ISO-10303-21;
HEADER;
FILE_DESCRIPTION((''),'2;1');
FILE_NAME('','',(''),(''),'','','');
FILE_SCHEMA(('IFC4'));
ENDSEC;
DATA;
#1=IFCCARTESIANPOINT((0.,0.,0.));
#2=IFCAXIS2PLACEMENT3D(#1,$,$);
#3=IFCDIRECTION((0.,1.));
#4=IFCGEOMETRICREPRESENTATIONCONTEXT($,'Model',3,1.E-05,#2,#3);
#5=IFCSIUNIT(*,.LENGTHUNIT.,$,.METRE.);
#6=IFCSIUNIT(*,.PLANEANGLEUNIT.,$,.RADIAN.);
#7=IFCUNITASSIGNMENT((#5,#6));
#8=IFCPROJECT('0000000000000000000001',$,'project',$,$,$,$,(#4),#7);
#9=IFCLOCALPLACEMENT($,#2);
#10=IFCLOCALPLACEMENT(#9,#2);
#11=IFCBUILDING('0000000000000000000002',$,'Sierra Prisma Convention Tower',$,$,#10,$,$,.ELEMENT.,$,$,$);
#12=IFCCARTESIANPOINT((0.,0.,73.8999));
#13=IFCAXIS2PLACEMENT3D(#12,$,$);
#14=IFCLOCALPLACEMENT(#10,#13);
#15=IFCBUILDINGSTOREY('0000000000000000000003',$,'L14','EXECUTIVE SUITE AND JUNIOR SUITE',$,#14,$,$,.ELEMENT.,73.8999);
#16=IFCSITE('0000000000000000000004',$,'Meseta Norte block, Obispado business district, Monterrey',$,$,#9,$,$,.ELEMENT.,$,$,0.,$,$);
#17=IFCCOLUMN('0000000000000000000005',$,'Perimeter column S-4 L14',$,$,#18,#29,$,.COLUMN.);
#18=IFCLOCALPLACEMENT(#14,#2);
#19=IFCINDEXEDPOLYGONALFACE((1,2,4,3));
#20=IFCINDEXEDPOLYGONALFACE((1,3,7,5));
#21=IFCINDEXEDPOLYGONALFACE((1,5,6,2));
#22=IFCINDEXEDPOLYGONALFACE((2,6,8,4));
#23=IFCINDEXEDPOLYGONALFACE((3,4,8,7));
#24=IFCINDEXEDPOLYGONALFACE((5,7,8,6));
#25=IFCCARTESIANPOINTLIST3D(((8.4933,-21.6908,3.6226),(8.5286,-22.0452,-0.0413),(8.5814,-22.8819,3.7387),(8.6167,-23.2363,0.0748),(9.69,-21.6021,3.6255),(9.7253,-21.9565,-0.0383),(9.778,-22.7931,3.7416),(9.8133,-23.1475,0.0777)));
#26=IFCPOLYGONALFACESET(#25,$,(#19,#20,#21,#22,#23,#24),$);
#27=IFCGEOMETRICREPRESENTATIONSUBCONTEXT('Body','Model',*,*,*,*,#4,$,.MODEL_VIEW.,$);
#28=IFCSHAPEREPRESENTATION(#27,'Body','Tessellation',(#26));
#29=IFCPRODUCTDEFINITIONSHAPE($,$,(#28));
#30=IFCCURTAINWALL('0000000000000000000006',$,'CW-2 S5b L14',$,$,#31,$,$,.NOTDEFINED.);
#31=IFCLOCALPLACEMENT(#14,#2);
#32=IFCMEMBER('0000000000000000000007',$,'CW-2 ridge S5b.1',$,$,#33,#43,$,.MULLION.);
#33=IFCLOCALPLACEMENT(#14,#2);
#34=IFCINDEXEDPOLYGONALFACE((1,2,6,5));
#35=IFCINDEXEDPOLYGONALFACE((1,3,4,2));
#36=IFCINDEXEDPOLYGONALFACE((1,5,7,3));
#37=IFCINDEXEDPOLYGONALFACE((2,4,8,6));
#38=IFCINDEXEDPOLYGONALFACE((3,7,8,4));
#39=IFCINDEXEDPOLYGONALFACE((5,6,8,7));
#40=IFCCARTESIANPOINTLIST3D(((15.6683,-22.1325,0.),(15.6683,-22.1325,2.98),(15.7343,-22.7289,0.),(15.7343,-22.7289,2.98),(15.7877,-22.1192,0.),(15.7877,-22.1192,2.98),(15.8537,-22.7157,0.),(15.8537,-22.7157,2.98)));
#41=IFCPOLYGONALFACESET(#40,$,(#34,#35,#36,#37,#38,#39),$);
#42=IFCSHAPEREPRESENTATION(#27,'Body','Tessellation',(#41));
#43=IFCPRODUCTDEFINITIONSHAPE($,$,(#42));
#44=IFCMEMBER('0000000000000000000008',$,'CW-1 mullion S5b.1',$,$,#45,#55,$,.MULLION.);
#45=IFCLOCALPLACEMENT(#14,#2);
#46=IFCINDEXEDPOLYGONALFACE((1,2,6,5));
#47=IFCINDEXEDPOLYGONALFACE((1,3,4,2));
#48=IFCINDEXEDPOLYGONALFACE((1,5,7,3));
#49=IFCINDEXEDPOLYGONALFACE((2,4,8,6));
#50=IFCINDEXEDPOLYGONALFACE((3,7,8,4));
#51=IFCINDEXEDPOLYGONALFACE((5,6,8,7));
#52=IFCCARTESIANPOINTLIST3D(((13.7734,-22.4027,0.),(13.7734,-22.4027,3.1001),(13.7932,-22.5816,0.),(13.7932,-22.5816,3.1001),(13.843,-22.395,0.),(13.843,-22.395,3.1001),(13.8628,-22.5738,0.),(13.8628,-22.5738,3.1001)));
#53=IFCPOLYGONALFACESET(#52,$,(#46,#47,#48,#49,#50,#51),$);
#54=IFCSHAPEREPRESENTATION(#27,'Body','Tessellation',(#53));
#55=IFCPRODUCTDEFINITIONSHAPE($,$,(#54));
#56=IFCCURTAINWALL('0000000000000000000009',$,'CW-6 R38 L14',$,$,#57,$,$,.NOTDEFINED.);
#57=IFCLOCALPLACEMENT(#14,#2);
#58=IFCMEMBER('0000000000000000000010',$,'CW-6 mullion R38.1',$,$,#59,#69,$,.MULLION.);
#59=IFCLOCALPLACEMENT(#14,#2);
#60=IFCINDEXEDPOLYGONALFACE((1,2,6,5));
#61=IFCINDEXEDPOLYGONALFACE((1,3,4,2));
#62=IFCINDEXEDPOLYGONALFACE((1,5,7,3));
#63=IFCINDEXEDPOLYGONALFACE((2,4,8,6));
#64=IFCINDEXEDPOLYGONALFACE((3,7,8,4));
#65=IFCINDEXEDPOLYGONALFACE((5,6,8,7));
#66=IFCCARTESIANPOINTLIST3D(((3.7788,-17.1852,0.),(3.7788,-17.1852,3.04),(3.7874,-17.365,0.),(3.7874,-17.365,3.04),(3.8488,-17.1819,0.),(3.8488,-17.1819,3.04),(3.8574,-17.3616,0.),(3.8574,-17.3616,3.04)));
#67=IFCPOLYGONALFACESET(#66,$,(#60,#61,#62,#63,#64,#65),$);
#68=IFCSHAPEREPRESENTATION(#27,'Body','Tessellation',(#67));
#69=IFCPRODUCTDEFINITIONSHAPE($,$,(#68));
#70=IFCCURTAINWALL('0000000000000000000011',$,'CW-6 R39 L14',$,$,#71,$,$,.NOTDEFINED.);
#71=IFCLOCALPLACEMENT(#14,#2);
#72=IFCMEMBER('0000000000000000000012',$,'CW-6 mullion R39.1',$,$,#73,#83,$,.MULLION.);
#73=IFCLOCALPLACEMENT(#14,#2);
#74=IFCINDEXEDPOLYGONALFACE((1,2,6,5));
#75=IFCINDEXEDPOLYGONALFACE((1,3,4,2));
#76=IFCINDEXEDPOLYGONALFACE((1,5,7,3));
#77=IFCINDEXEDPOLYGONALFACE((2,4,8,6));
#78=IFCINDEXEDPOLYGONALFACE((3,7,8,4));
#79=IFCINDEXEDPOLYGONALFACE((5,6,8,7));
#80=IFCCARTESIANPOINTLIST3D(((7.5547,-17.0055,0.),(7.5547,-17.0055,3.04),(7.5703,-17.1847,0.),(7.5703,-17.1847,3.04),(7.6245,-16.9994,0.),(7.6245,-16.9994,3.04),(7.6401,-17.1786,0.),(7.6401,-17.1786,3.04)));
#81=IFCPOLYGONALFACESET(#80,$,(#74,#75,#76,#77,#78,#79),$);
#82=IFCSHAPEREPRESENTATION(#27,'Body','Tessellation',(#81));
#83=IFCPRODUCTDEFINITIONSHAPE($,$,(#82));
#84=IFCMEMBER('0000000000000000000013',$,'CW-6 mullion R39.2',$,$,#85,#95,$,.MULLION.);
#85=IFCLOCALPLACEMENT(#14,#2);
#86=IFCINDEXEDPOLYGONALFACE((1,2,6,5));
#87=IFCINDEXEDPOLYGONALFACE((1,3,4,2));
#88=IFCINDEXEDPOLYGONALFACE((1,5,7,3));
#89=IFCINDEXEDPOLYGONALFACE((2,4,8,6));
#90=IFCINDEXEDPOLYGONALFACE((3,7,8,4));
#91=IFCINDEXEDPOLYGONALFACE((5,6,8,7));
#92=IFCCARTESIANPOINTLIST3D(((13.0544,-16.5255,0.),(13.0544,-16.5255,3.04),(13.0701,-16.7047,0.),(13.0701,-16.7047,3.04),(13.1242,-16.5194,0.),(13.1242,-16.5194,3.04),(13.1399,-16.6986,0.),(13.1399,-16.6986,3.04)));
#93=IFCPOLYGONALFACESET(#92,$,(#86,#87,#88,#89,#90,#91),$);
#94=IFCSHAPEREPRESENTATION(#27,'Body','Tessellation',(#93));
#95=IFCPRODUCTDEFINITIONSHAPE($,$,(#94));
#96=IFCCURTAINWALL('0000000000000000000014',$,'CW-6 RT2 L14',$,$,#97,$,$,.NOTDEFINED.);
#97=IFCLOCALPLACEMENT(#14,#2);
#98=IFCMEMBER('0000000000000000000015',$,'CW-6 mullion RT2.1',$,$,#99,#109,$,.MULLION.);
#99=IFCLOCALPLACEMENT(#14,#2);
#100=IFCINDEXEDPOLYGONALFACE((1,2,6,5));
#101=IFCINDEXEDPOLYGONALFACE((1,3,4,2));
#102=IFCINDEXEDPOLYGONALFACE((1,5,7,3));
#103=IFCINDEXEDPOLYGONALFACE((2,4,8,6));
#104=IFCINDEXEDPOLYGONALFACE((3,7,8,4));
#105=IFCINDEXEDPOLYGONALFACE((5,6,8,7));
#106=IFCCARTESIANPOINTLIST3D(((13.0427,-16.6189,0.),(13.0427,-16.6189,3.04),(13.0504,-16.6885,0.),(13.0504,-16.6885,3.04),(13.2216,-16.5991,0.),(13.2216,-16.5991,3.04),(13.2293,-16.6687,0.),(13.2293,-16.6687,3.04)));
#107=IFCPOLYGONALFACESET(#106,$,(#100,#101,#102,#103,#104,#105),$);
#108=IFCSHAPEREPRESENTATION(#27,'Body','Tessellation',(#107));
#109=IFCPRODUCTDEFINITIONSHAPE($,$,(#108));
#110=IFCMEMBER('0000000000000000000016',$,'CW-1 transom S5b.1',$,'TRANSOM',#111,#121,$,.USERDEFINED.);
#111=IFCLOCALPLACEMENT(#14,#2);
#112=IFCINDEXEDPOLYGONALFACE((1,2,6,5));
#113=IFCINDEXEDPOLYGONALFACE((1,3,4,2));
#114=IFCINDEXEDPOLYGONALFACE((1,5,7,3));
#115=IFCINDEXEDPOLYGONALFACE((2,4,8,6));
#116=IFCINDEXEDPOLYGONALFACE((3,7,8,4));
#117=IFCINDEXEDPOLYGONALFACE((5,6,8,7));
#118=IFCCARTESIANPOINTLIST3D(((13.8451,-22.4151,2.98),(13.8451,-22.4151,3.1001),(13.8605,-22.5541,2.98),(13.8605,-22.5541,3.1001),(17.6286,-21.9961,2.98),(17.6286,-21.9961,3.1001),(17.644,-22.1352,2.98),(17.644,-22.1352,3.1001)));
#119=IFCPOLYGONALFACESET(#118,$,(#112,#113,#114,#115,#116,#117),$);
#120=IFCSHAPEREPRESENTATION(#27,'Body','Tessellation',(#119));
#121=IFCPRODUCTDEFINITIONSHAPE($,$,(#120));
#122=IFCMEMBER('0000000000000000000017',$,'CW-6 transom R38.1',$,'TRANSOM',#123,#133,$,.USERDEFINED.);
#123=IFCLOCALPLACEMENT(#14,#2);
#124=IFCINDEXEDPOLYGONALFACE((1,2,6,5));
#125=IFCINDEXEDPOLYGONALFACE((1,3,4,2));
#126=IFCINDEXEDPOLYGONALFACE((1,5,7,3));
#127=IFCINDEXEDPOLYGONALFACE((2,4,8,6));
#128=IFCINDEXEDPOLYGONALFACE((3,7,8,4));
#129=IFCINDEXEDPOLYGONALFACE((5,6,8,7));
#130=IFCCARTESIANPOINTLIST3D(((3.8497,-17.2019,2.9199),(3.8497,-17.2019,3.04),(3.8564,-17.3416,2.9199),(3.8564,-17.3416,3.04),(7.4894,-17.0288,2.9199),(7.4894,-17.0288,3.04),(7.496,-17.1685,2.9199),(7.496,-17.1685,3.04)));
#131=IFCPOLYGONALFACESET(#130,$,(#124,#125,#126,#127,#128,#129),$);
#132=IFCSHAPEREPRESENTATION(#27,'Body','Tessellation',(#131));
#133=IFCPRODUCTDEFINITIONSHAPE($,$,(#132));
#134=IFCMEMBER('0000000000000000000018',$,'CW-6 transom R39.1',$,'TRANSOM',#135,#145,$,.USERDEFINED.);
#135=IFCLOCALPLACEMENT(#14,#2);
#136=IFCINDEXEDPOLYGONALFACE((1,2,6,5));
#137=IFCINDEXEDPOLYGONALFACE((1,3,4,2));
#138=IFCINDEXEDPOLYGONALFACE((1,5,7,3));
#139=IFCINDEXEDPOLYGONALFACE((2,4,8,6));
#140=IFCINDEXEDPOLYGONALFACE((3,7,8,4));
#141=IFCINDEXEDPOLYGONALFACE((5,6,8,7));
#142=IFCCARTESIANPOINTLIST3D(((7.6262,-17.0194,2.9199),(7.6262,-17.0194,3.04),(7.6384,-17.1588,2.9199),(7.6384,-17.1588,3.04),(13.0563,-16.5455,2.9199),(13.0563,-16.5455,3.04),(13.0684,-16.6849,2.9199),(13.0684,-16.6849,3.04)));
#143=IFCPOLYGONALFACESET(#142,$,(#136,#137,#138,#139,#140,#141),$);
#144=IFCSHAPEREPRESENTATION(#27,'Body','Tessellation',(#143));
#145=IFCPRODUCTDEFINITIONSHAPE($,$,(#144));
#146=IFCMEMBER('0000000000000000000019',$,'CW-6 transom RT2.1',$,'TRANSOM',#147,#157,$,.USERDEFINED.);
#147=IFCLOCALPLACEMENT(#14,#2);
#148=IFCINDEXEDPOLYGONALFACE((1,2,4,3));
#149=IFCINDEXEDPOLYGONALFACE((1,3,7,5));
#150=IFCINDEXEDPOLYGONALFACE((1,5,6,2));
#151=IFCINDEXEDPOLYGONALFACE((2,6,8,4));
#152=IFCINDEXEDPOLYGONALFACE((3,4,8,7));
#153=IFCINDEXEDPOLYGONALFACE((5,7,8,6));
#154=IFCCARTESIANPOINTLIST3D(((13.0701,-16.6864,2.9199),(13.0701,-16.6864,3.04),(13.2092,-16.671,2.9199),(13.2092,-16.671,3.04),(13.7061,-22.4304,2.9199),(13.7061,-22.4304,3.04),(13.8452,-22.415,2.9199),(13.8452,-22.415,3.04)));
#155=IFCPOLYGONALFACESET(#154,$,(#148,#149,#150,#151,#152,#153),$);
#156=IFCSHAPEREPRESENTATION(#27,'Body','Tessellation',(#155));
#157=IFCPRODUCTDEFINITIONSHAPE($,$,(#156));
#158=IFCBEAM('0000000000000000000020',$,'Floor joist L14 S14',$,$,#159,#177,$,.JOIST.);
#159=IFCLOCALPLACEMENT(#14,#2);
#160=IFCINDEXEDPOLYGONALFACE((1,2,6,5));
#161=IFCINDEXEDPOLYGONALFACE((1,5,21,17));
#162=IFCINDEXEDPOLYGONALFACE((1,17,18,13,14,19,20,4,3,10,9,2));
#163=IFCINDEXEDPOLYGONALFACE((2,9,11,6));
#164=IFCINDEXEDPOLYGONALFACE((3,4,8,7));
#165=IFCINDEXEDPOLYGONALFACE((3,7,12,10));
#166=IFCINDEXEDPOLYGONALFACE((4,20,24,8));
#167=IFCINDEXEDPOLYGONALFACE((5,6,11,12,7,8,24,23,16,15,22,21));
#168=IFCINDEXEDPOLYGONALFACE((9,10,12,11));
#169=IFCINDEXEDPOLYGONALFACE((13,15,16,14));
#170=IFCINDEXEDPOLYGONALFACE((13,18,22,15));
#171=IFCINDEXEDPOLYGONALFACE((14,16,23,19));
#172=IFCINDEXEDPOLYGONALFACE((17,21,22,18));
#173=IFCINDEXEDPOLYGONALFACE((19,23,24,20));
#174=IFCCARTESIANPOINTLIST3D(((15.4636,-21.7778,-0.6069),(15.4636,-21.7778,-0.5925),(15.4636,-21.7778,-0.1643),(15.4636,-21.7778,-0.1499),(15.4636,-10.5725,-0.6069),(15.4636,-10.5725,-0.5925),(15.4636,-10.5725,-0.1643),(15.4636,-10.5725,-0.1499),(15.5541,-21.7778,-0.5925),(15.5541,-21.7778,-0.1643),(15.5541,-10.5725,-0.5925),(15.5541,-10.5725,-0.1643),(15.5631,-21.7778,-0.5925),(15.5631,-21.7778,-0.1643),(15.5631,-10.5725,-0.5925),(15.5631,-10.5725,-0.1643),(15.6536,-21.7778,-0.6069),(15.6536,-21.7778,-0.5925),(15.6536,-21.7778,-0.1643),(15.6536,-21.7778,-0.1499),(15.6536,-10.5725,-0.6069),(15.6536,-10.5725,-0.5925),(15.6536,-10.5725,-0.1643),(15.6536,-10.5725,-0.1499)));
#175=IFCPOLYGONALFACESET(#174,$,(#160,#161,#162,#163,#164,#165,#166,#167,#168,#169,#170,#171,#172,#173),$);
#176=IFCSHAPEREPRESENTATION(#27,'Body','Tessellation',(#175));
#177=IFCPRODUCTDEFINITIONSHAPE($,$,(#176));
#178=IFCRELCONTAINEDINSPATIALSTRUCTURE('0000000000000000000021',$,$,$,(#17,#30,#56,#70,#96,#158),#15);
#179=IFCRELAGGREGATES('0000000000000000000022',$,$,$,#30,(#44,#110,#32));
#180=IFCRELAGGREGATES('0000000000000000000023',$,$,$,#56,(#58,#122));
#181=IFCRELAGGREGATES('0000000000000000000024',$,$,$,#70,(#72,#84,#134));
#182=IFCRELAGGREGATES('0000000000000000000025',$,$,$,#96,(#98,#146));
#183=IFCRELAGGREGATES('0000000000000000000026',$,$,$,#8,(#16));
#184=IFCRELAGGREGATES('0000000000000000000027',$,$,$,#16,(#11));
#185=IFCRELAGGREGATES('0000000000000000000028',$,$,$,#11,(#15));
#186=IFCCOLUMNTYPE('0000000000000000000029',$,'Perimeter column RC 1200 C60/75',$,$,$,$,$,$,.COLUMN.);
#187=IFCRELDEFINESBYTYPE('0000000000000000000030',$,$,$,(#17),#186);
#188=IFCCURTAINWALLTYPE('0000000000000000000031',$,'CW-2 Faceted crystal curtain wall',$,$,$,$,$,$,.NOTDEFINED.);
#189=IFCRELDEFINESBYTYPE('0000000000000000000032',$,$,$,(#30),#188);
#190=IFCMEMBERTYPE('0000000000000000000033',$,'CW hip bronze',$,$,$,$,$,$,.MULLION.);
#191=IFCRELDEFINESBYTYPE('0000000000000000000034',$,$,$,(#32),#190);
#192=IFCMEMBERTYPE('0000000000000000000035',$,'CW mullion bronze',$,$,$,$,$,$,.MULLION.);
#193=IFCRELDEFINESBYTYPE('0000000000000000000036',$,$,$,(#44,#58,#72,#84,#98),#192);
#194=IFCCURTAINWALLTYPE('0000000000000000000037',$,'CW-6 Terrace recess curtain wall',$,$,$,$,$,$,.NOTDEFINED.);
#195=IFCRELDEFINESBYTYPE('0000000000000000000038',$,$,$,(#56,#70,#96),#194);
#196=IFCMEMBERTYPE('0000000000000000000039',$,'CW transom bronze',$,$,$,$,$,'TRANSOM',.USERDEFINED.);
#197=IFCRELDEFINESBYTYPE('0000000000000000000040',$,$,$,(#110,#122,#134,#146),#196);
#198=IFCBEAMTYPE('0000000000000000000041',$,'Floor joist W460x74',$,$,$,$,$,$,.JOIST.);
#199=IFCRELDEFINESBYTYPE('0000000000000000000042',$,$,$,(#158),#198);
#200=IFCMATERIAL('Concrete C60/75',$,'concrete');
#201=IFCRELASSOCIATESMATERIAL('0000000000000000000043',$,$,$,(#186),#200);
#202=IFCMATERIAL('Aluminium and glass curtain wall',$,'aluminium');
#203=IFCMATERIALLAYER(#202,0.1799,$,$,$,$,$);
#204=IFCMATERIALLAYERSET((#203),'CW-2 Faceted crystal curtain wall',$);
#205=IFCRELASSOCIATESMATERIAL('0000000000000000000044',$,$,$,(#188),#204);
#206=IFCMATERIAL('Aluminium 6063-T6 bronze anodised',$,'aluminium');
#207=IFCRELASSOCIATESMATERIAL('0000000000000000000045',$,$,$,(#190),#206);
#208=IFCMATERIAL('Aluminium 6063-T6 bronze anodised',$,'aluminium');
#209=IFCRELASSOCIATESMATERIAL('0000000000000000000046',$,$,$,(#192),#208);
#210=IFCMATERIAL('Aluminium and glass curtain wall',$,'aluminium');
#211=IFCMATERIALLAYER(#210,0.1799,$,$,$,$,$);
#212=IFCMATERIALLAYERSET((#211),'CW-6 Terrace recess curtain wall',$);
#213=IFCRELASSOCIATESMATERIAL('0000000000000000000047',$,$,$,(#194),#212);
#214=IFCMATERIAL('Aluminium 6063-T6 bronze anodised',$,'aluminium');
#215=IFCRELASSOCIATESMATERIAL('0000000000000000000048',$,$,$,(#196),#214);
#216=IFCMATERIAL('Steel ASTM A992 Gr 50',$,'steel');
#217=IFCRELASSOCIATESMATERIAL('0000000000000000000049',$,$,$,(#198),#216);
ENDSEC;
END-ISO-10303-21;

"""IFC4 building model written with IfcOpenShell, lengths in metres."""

from ifc_helpers import new_model, si_unit, direction, frame, origin, origin_2d, place, context, subcontext, project, spatial, rectangle, i_section, extrude, clip, halfspace, material, layer, layer_set, material_profile, profile_set, type_object, element, aggregate, save


model = new_model("IFC4")

# Units and contexts
model_context = context("Model", 3, precision=1e-05, world=origin(), true_north=direction((0.0, 1.0)))
body_context = subcontext(model_context, "Body", "Model", "MODEL_VIEW")
ifc_project = project(units=[si_unit("LENGTHUNIT", "METRE"), si_unit("PLANEANGLEUNIT", "RADIAN")], contexts=[model_context])

# Site, building, storey
site_placement = place(None, origin())
site = spatial("IfcSite", under=ifc_project, at=site_placement, Name="Meseta Norte block, Obispado business district, Monterrey", CompositionType="ELEMENT", RefElevation=0.0)
building_placement = place(site_placement, origin())
building = spatial("IfcBuilding", under=site, at=building_placement, Name="Sierra Prisma Convention Tower", CompositionType="ELEMENT")
storey_placement = place(building_placement, frame((0.0, 0.0, 73.8999)))
storey = spatial("IfcBuildingStorey", under=building, at=storey_placement, Name="L14", Description="EXECUTIVE SUITE AND JUNIOR SUITE", CompositionType="ELEMENT", Elevation=73.8999)

# Column
ifc_material_1 = material(Name="Concrete C60/75", Category="concrete")
ifc_material_profile_1 = material_profile(ifc_material_1, rectangle(XDim=1.2, YDim=1.2, at=origin_2d()), Name="Perimeter column RC 1200 C60/75")
ifc_profile_set_1 = profile_set([ifc_material_profile_1], Name="Concrete C60/75")
column_type = type_object("IfcColumnType", Name="Perimeter column RC 1200 C60/75", PredefinedType="COLUMN", material=ifc_profile_set_1)
column_placement = place(storey_placement, frame((9.1711, -22.5981, 0.0), z_axis=(-0.009588, 0.096274, 0.995309), x_axis=(0.997257, 0.073971, 0.002452)))
element("IfcColumn", 1, at=column_placement, inside=storey, type_object=column_type, Name="Perimeter column S-4 L14", PredefinedType="COLUMN", context=body_context, shape_type="SweptSolid", body=[
    clip(clip(extrude(rectangle(XDim=1.2, YDim=1.2, at=origin_2d()), origin(), (0.0, 0.0, 1.0), 3.7175), halfspace(frame((0.0, 0.0, 0.0183)), True)), halfspace(frame((0.0, 0.0, 3.6995)), False)),
])

# Curtain wall, members
ifc_material_2 = material(Name="Aluminium and glass curtain wall", Category="aluminium")
ifc_layer_1 = layer(ifc_material_2, 0.1799)
ifc_layer_set_1 = layer_set([ifc_layer_1], Name="CW-2 Faceted crystal curtain wall")
curtain_wall_type_1 = type_object("IfcCurtainWallType", Name="CW-2 Faceted crystal curtain wall", PredefinedType="NOTDEFINED", material=ifc_layer_set_1)
curtain_wall_1_placement = place(storey_placement, origin())
curtain_wall_1 = element("IfcCurtainWall", 2, at=curtain_wall_1_placement, inside=storey, type_object=curtain_wall_type_1, Name="CW-2 S5b L14", PredefinedType="NOTDEFINED")
ifc_material_3 = material(Name="Aluminium 6063-T6 bronze anodised", Category="aluminium")
ifc_material_profile_2 = material_profile(ifc_material_3, rectangle(XDim=0.1201, YDim=0.6001, at=origin_2d()), Name="ALU RIDGE BLADE 120x600")
ifc_profile_set_2 = profile_set([ifc_material_profile_2], Name="Aluminium 6063-T6 bronze anodised")
member_type_1 = type_object("IfcMemberType", Name="CW hip bronze", PredefinedType="MULLION", material=ifc_profile_set_2)
member_1_placement = place(storey_placement, frame((15.761, -22.4241, 0.0), z_axis=(0.0, 0.0, 1.0), x_axis=(0.993929, 0.11002, 0.0)))
member_1 = element("IfcMember", 3, at=member_1_placement, type_object=member_type_1, Name="CW-2 ridge S5b.1", PredefinedType="MULLION", context=body_context, shape_type="SweptSolid", body=[
    extrude(rectangle(XDim=0.1201, YDim=0.6001, at=origin_2d()), origin(), (0.0, 0.0, 1.0), 2.98),
])
ifc_material_4 = material(Name="Aluminium 6063-T6 bronze anodised", Category="aluminium")
ifc_material_profile_3 = material_profile(ifc_material_4, rectangle(XDim=0.1799, YDim=0.0701, at=origin_2d()), Name="ALU MULLION 70x180")
ifc_profile_set_3 = profile_set([ifc_material_profile_3], Name="Aluminium 6063-T6 bronze anodised")
member_type_2 = type_object("IfcMemberType", Name="CW mullion bronze", PredefinedType="MULLION", material=ifc_profile_set_3)
member_2_placement = place(storey_placement, frame((13.8181, -22.4883, 0.0), z_axis=(0.0, 0.0, 1.0), x_axis=(-0.11002, 0.993929, 0.0)))
member_2 = element("IfcMember", 4, at=member_2_placement, type_object=member_type_2, Name="CW-1 mullion S5b.1", PredefinedType="MULLION", context=body_context, shape_type="SweptSolid", body=[
    extrude(rectangle(XDim=0.1799, YDim=0.0701, at=origin_2d()), origin(), (0.0, 0.0, 1.0), 3.1001),
])

# Curtain wall, member
ifc_material_5 = material(Name="Aluminium and glass curtain wall", Category="aluminium")
ifc_layer_2 = layer(ifc_material_5, 0.1799)
ifc_layer_set_2 = layer_set([ifc_layer_2], Name="CW-6 Terrace recess curtain wall")
curtain_wall_type_2 = type_object("IfcCurtainWallType", Name="CW-6 Terrace recess curtain wall", PredefinedType="NOTDEFINED", material=ifc_layer_set_2)
curtain_wall_2_placement = place(storey_placement, origin())
curtain_wall_2 = element("IfcCurtainWall", 5, at=curtain_wall_2_placement, inside=storey, type_object=curtain_wall_type_2, Name="CW-6 R38 L14", PredefinedType="NOTDEFINED")
member_3_placement = place(storey_placement, frame((3.8181, -17.2734, 0.0), z_axis=(0.0, 0.0, 1.0), x_axis=(-0.047533, 0.99887, 0.0)))
member_3 = element("IfcMember", 6, at=member_3_placement, type_object=member_type_2, Name="CW-6 mullion R38.1", PredefinedType="MULLION", context=body_context, shape_type="SweptSolid", body=[
    extrude(rectangle(XDim=0.1799, YDim=0.0701, at=origin_2d()), origin(), (0.0, 0.0, 1.0), 3.04),
])

# Curtain wall, members
curtain_wall_3_placement = place(storey_placement, origin())
curtain_wall_3 = element("IfcCurtainWall", 7, at=curtain_wall_3_placement, inside=storey, type_object=curtain_wall_type_2, Name="CW-6 R39 L14", PredefinedType="NOTDEFINED")
member_4_placement = place(storey_placement, frame((7.5974, -17.092, 0.0), z_axis=(0.0, 0.0, 1.0), x_axis=(-0.086947, 0.996213, 0.0)))
member_4 = element("IfcMember", 8, at=member_4_placement, type_object=member_type_2, Name="CW-6 mullion R39.1", PredefinedType="MULLION", context=body_context, shape_type="SweptSolid", body=[
    extrude(rectangle(XDim=0.1799, YDim=0.0701, at=origin_2d()), origin(), (0.0, 0.0, 1.0), 3.04),
])
member_5_placement = place(storey_placement, frame((13.0972, -16.6121, 0.0), z_axis=(0.0, 0.0, 1.0), x_axis=(-0.086947, 0.996213, 0.0)))
member_5 = element("IfcMember", 9, at=member_5_placement, type_object=member_type_2, Name="CW-6 mullion R39.2", PredefinedType="MULLION", context=body_context, shape_type="SweptSolid", body=[
    extrude(rectangle(XDim=0.1799, YDim=0.0701, at=origin_2d()), origin(), (0.0, 0.0, 1.0), 3.04),
])

# Curtain wall, member
curtain_wall_4_placement = place(storey_placement, origin())
curtain_wall_4 = element("IfcCurtainWall", 10, at=curtain_wall_4_placement, inside=storey, type_object=curtain_wall_type_2, Name="CW-6 RT2 L14", PredefinedType="NOTDEFINED")
member_6_placement = place(storey_placement, frame((13.136, -16.6438, 0.0), z_axis=(0.0, 0.0, 1.0), x_axis=(0.993929, 0.11002, 0.0)))
member_6 = element("IfcMember", 11, at=member_6_placement, type_object=member_type_2, Name="CW-6 mullion RT2.1", PredefinedType="MULLION", context=body_context, shape_type="SweptSolid", body=[
    extrude(rectangle(XDim=0.1799, YDim=0.0701, at=origin_2d()), origin(), (0.0, 0.0, 1.0), 3.04),
])

# Members
ifc_material_6 = material(Name="Aluminium 6063-T6 bronze anodised", Category="aluminium")
ifc_material_profile_4 = material_profile(ifc_material_6, rectangle(XDim=0.1399, YDim=0.1201, at=origin_2d()), Name="ALU TRANSOM 120x140")
ifc_profile_set_4 = profile_set([ifc_material_profile_4], Name="Aluminium 6063-T6 bronze anodised")
member_type_3 = type_object("IfcMemberType", Name="CW transom bronze", ElementType="TRANSOM", PredefinedType="USERDEFINED", material=ifc_profile_set_4)
member_7_placement = place(storey_placement, frame((13.8528, -22.4846, 3.04), z_axis=(0.993925, 0.110058, 0.0), x_axis=(-0.110058, 0.993925, 0.0)))
member_7 = element("IfcMember", 12, at=member_7_placement, type_object=member_type_3, Name="CW-1 transom S5b.1", ObjectType="TRANSOM", PredefinedType="USERDEFINED", context=body_context, shape_type="SweptSolid", body=[
    extrude(rectangle(XDim=0.1399, YDim=0.1201, at=origin_2d()), origin(), (0.0, 0.0, 1.0), 3.8066),
])
member_8_placement = place(storey_placement, frame((3.853, -17.2717, 2.98), z_axis=(0.998871, 0.047505, 0.0), x_axis=(-0.047505, 0.998871, 0.0)))
member_8 = element("IfcMember", 13, at=member_8_placement, type_object=member_type_3, Name="CW-6 transom R38.1", ObjectType="TRANSOM", PredefinedType="USERDEFINED", context=body_context, shape_type="SweptSolid", body=[
    extrude(rectangle(XDim=0.1399, YDim=0.1201, at=origin_2d()), origin(), (0.0, 0.0, 1.0), 3.6438),
])
member_9_placement = place(storey_placement, frame((7.6323, -17.0891, 2.98), z_axis=(0.996213, 0.086941, 0.0), x_axis=(-0.086941, 0.996213, 0.0)))
member_9 = element("IfcMember", 14, at=member_9_placement, type_object=member_type_3, Name="CW-6 transom R39.1", ObjectType="TRANSOM", PredefinedType="USERDEFINED", context=body_context, shape_type="SweptSolid", body=[
    extrude(rectangle(XDim=0.1399, YDim=0.1201, at=origin_2d()), origin(), (0.0, 0.0, 1.0), 5.4507),
])
member_10_placement = place(storey_placement, frame((13.1396, -16.6787, 2.98), z_axis=(0.110051, -0.993926, 0.0), x_axis=(0.993926, 0.110051, 0.0)))
member_10 = element("IfcMember", 15, at=member_10_placement, type_object=member_type_3, Name="CW-6 transom RT2.1", ObjectType="TRANSOM", PredefinedType="USERDEFINED", context=body_context, shape_type="SweptSolid", body=[
    extrude(rectangle(XDim=0.1399, YDim=0.1201, at=origin_2d()), origin(), (0.0, 0.0, 1.0), 5.7791),
])

# Beam
ifc_material_7 = material(Name="Steel ASTM A992 Gr 50", Category="steel")
ifc_material_profile_5 = material_profile(ifc_material_7, i_section(OverallWidth=0.1899, OverallDepth=0.457, WebThickness=0.009, FlangeThickness=0.0144, at=origin_2d()), Name="W460x74")
ifc_profile_set_5 = profile_set([ifc_material_profile_5], Name="Steel ASTM A992 Gr 50")
beam_type_1 = type_object("IfcBeamType", Name="Floor joist W460x74", PredefinedType="JOIST", material=ifc_profile_set_5)
beam_1_placement = place(storey_placement, frame((15.5586, -21.7778, -0.3784), z_axis=(0.0, 1.0, 0.0), x_axis=(-1.0, 0.0, 0.0)))
element("IfcBeam", 16, at=beam_1_placement, inside=storey, type_object=beam_type_1, Name="Floor joist L14 S14", PredefinedType="JOIST", context=body_context, shape_type="SweptSolid", body=[
    extrude(i_section(OverallWidth=0.1899, OverallDepth=0.457, WebThickness=0.009, FlangeThickness=0.0144, at=origin_2d()), origin(), (0.0, 0.0, 1.0), 11.2053),
])

aggregate(curtain_wall_1, [member_2, member_7, member_1])
aggregate(curtain_wall_2, [member_3, member_8])
aggregate(curtain_wall_3, [member_4, member_5, member_9])
aggregate(curtain_wall_4, [member_6, member_10])

save(model, "model.ifc")
